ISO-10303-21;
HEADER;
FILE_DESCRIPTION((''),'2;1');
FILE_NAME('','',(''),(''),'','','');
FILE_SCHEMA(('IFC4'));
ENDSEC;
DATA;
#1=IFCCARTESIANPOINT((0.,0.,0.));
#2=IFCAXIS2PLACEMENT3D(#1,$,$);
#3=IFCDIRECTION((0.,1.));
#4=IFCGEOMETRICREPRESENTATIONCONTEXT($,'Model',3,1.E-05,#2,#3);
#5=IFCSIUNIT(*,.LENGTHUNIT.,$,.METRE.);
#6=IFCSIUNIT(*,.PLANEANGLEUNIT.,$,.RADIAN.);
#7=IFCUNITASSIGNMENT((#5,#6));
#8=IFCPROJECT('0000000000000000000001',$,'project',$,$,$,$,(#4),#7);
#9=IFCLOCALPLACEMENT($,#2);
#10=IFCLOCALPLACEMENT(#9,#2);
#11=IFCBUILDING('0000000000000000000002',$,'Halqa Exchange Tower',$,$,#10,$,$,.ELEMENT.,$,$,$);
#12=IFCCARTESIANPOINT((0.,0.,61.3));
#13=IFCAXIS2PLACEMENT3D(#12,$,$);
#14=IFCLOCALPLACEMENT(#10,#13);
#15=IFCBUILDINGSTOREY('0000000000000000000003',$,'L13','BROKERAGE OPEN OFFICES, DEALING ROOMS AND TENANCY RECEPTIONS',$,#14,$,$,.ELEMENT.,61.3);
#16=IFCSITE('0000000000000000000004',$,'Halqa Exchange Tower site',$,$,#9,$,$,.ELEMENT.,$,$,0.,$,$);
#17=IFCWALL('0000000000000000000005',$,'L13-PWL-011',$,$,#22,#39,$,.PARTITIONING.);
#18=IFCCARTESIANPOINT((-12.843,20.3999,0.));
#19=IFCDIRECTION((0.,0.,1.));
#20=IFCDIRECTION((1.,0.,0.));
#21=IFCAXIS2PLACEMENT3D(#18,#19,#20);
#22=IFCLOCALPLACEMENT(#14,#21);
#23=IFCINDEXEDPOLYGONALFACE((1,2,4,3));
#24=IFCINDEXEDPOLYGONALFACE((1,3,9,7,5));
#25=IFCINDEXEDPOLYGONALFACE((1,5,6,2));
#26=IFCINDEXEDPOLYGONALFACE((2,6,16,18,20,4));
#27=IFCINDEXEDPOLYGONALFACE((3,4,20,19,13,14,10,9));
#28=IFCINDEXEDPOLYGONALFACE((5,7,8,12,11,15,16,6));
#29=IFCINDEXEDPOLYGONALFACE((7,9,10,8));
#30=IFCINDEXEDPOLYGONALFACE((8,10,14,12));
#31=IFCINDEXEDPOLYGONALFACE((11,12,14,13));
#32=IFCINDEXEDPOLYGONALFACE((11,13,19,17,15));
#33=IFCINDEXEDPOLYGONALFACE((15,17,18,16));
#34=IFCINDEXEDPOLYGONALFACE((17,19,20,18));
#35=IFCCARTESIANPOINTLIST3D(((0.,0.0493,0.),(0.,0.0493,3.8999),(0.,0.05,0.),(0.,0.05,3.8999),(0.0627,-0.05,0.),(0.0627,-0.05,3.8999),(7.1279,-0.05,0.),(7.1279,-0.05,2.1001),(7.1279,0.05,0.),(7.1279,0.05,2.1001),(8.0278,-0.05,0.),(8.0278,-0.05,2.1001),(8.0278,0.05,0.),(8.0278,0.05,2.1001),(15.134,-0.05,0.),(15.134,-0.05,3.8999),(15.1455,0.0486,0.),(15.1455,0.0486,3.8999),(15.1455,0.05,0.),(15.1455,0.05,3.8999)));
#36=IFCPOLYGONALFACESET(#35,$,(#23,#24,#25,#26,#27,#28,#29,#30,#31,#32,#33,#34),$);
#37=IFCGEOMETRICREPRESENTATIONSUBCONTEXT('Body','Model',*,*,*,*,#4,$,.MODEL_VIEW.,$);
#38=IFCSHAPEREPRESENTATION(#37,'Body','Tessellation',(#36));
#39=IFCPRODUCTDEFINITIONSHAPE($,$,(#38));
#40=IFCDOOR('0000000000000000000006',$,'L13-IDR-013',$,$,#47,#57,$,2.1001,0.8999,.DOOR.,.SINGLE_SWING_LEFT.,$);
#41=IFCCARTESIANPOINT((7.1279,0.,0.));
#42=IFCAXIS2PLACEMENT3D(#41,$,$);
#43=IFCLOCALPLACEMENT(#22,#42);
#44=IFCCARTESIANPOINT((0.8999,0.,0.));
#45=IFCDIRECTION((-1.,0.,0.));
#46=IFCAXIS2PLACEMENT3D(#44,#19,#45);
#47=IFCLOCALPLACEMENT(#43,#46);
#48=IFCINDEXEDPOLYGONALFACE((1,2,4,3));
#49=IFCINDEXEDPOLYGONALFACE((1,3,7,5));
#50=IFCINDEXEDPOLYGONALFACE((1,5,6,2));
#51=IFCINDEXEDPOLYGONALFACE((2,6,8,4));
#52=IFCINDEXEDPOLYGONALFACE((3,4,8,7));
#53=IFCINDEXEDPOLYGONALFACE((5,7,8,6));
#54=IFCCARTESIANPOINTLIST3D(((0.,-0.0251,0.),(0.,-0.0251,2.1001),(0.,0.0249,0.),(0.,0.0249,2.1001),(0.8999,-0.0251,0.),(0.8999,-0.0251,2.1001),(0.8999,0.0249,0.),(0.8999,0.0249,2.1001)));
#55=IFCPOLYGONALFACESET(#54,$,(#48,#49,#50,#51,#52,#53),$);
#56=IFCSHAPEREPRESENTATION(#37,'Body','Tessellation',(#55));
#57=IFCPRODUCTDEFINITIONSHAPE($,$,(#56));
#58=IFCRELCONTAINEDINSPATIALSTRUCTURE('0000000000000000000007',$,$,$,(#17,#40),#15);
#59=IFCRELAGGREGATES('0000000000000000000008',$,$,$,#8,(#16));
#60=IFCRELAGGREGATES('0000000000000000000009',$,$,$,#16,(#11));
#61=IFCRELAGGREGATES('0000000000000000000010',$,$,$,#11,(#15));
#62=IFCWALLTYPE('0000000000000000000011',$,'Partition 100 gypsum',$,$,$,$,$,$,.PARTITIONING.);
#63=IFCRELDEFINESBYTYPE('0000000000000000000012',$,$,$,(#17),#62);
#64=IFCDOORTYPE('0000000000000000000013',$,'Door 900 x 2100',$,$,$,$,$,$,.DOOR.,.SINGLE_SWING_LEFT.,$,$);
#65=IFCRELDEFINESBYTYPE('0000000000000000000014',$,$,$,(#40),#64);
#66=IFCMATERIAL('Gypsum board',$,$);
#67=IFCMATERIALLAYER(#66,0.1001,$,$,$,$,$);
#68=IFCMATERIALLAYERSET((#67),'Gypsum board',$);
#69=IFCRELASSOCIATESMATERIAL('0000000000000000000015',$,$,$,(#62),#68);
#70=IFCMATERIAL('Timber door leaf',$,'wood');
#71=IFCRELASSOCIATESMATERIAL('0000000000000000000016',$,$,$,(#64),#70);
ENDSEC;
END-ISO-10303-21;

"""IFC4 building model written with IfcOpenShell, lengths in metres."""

from ifc_helpers import new_model, si_unit, direction, frame, frame_2d, origin, place, context, subcontext, project, spatial, polyline, rectangle, outline, extrude, material, layer, layer_set, type_object, element, fill, save


model = new_model("IFC4")

# Units and contexts
model_context = context("Model", 3, precision=1e-05, world=origin(), true_north=direction((0.0, 1.0)))
body_context = subcontext(model_context, "Body", "Model", "MODEL_VIEW")
ifc_project = project(units=[si_unit("LENGTHUNIT", "METRE"), si_unit("PLANEANGLEUNIT", "RADIAN")], contexts=[model_context])

# Site, building, storey
site_placement = place(None, origin())
site = spatial("IfcSite", under=ifc_project, at=site_placement, Name="Halqa Exchange Tower site", CompositionType="ELEMENT", RefElevation=0.0)
building_placement = place(site_placement, origin())
building = spatial("IfcBuilding", under=site, at=building_placement, Name="Halqa Exchange Tower", CompositionType="ELEMENT")
storey_placement = place(building_placement, frame((0.0, 0.0, 61.3)))
storey = spatial("IfcBuildingStorey", under=building, at=storey_placement, Name="L13", Description="BROKERAGE OPEN OFFICES, DEALING ROOMS AND TENANCY RECEPTIONS", CompositionType="ELEMENT", Elevation=61.3)

# Wall, opening, door
ifc_material_1 = material(Name="Gypsum board")
ifc_layer_1 = layer(ifc_material_1, 0.1001)
ifc_layer_set_1 = layer_set([ifc_layer_1], Name="Gypsum board")
wall_type_1 = type_object("IfcWallType", Name="Partition 100 gypsum", PredefinedType="PARTITIONING", material=ifc_layer_set_1)
wall_1_placement = place(storey_placement, frame((-12.843, 20.3999, 0.0), z_axis=(0.0, 0.0, 1.0), x_axis=(1.0, 0.0, 0.0)))
wall_1 = element("IfcWall", 1, at=wall_1_placement, inside=storey, type_object=wall_type_1, Name="L13-PWL-011", PredefinedType="PARTITIONING", context=body_context, shape_type="SweptSolid", body=[
    extrude(outline(polyline([(0.0627, -0.05), (1.9465, -0.05), (3.8306, -0.05), (5.7144, -0.05), (7.5984, -0.05), (9.4822, -0.05), (11.3662, -0.05), (13.25, -0.05), (15.134, -0.05), (15.1455, 0.0486), (15.1455, 0.05), (13.2524, 0.05), (11.3591, 0.05), (9.4658, 0.05), (7.5728, 0.05), (5.6797, 0.05), (3.7864, 0.05), (1.8931, 0.05), (0.0, 0.05), (0.0, 0.0493), (0.0627, -0.05)])), origin(), (0.0, 0.0, 1.0), 3.8999),
])
opening_1_placement = place(wall_1_placement, frame((7.1279, 0.0, 0.0)))
opening_1 = element("IfcOpeningElement", 2, at=opening_1_placement, cuts=wall_1, PredefinedType="OPENING", context=body_context, shape_type="SweptSolid", body=[
    extrude(rectangle(XDim=0.8999, YDim=2.1001, at=frame_2d((0.45, 1.05))), frame((0.0, 0.062, 0.0), z_axis=(0.0, -1.0, 0.0), x_axis=(1.0, 0.0, 0.0)), (0.0, 0.0, 1.0), 0.124),
])
ifc_material_2 = material(Name="Timber door leaf", Category="wood")
door_type_1 = type_object("IfcDoorType", Name="Door 900 x 2100", OperationType="SINGLE_SWING_LEFT", PredefinedType="DOOR", material=ifc_material_2)
door_1_placement = place(opening_1_placement, frame((0.8999, 0.0, 0.0), z_axis=(0.0, 0.0, 1.0), x_axis=(-1.0, 0.0, 0.0)))
door_1 = element("IfcDoor", 3, at=door_1_placement, inside=storey, type_object=door_type_1, Name="L13-IDR-013", OperationType="SINGLE_SWING_LEFT", OverallHeight=2.1001, OverallWidth=0.8999, PredefinedType="DOOR", context=body_context, shape_type="SweptSolid", body=[
    extrude(rectangle(XDim=0.8999, YDim=2.1001, at=frame_2d((0.45, 1.05))), frame((0.0, 0.0249, 0.0), z_axis=(0.0, -1.0, 0.0), x_axis=(1.0, 0.0, 0.0)), (0.0, 0.0, 1.0), 0.05),
])
fill(opening_1, door_1)

save(model, "model.ifc")
